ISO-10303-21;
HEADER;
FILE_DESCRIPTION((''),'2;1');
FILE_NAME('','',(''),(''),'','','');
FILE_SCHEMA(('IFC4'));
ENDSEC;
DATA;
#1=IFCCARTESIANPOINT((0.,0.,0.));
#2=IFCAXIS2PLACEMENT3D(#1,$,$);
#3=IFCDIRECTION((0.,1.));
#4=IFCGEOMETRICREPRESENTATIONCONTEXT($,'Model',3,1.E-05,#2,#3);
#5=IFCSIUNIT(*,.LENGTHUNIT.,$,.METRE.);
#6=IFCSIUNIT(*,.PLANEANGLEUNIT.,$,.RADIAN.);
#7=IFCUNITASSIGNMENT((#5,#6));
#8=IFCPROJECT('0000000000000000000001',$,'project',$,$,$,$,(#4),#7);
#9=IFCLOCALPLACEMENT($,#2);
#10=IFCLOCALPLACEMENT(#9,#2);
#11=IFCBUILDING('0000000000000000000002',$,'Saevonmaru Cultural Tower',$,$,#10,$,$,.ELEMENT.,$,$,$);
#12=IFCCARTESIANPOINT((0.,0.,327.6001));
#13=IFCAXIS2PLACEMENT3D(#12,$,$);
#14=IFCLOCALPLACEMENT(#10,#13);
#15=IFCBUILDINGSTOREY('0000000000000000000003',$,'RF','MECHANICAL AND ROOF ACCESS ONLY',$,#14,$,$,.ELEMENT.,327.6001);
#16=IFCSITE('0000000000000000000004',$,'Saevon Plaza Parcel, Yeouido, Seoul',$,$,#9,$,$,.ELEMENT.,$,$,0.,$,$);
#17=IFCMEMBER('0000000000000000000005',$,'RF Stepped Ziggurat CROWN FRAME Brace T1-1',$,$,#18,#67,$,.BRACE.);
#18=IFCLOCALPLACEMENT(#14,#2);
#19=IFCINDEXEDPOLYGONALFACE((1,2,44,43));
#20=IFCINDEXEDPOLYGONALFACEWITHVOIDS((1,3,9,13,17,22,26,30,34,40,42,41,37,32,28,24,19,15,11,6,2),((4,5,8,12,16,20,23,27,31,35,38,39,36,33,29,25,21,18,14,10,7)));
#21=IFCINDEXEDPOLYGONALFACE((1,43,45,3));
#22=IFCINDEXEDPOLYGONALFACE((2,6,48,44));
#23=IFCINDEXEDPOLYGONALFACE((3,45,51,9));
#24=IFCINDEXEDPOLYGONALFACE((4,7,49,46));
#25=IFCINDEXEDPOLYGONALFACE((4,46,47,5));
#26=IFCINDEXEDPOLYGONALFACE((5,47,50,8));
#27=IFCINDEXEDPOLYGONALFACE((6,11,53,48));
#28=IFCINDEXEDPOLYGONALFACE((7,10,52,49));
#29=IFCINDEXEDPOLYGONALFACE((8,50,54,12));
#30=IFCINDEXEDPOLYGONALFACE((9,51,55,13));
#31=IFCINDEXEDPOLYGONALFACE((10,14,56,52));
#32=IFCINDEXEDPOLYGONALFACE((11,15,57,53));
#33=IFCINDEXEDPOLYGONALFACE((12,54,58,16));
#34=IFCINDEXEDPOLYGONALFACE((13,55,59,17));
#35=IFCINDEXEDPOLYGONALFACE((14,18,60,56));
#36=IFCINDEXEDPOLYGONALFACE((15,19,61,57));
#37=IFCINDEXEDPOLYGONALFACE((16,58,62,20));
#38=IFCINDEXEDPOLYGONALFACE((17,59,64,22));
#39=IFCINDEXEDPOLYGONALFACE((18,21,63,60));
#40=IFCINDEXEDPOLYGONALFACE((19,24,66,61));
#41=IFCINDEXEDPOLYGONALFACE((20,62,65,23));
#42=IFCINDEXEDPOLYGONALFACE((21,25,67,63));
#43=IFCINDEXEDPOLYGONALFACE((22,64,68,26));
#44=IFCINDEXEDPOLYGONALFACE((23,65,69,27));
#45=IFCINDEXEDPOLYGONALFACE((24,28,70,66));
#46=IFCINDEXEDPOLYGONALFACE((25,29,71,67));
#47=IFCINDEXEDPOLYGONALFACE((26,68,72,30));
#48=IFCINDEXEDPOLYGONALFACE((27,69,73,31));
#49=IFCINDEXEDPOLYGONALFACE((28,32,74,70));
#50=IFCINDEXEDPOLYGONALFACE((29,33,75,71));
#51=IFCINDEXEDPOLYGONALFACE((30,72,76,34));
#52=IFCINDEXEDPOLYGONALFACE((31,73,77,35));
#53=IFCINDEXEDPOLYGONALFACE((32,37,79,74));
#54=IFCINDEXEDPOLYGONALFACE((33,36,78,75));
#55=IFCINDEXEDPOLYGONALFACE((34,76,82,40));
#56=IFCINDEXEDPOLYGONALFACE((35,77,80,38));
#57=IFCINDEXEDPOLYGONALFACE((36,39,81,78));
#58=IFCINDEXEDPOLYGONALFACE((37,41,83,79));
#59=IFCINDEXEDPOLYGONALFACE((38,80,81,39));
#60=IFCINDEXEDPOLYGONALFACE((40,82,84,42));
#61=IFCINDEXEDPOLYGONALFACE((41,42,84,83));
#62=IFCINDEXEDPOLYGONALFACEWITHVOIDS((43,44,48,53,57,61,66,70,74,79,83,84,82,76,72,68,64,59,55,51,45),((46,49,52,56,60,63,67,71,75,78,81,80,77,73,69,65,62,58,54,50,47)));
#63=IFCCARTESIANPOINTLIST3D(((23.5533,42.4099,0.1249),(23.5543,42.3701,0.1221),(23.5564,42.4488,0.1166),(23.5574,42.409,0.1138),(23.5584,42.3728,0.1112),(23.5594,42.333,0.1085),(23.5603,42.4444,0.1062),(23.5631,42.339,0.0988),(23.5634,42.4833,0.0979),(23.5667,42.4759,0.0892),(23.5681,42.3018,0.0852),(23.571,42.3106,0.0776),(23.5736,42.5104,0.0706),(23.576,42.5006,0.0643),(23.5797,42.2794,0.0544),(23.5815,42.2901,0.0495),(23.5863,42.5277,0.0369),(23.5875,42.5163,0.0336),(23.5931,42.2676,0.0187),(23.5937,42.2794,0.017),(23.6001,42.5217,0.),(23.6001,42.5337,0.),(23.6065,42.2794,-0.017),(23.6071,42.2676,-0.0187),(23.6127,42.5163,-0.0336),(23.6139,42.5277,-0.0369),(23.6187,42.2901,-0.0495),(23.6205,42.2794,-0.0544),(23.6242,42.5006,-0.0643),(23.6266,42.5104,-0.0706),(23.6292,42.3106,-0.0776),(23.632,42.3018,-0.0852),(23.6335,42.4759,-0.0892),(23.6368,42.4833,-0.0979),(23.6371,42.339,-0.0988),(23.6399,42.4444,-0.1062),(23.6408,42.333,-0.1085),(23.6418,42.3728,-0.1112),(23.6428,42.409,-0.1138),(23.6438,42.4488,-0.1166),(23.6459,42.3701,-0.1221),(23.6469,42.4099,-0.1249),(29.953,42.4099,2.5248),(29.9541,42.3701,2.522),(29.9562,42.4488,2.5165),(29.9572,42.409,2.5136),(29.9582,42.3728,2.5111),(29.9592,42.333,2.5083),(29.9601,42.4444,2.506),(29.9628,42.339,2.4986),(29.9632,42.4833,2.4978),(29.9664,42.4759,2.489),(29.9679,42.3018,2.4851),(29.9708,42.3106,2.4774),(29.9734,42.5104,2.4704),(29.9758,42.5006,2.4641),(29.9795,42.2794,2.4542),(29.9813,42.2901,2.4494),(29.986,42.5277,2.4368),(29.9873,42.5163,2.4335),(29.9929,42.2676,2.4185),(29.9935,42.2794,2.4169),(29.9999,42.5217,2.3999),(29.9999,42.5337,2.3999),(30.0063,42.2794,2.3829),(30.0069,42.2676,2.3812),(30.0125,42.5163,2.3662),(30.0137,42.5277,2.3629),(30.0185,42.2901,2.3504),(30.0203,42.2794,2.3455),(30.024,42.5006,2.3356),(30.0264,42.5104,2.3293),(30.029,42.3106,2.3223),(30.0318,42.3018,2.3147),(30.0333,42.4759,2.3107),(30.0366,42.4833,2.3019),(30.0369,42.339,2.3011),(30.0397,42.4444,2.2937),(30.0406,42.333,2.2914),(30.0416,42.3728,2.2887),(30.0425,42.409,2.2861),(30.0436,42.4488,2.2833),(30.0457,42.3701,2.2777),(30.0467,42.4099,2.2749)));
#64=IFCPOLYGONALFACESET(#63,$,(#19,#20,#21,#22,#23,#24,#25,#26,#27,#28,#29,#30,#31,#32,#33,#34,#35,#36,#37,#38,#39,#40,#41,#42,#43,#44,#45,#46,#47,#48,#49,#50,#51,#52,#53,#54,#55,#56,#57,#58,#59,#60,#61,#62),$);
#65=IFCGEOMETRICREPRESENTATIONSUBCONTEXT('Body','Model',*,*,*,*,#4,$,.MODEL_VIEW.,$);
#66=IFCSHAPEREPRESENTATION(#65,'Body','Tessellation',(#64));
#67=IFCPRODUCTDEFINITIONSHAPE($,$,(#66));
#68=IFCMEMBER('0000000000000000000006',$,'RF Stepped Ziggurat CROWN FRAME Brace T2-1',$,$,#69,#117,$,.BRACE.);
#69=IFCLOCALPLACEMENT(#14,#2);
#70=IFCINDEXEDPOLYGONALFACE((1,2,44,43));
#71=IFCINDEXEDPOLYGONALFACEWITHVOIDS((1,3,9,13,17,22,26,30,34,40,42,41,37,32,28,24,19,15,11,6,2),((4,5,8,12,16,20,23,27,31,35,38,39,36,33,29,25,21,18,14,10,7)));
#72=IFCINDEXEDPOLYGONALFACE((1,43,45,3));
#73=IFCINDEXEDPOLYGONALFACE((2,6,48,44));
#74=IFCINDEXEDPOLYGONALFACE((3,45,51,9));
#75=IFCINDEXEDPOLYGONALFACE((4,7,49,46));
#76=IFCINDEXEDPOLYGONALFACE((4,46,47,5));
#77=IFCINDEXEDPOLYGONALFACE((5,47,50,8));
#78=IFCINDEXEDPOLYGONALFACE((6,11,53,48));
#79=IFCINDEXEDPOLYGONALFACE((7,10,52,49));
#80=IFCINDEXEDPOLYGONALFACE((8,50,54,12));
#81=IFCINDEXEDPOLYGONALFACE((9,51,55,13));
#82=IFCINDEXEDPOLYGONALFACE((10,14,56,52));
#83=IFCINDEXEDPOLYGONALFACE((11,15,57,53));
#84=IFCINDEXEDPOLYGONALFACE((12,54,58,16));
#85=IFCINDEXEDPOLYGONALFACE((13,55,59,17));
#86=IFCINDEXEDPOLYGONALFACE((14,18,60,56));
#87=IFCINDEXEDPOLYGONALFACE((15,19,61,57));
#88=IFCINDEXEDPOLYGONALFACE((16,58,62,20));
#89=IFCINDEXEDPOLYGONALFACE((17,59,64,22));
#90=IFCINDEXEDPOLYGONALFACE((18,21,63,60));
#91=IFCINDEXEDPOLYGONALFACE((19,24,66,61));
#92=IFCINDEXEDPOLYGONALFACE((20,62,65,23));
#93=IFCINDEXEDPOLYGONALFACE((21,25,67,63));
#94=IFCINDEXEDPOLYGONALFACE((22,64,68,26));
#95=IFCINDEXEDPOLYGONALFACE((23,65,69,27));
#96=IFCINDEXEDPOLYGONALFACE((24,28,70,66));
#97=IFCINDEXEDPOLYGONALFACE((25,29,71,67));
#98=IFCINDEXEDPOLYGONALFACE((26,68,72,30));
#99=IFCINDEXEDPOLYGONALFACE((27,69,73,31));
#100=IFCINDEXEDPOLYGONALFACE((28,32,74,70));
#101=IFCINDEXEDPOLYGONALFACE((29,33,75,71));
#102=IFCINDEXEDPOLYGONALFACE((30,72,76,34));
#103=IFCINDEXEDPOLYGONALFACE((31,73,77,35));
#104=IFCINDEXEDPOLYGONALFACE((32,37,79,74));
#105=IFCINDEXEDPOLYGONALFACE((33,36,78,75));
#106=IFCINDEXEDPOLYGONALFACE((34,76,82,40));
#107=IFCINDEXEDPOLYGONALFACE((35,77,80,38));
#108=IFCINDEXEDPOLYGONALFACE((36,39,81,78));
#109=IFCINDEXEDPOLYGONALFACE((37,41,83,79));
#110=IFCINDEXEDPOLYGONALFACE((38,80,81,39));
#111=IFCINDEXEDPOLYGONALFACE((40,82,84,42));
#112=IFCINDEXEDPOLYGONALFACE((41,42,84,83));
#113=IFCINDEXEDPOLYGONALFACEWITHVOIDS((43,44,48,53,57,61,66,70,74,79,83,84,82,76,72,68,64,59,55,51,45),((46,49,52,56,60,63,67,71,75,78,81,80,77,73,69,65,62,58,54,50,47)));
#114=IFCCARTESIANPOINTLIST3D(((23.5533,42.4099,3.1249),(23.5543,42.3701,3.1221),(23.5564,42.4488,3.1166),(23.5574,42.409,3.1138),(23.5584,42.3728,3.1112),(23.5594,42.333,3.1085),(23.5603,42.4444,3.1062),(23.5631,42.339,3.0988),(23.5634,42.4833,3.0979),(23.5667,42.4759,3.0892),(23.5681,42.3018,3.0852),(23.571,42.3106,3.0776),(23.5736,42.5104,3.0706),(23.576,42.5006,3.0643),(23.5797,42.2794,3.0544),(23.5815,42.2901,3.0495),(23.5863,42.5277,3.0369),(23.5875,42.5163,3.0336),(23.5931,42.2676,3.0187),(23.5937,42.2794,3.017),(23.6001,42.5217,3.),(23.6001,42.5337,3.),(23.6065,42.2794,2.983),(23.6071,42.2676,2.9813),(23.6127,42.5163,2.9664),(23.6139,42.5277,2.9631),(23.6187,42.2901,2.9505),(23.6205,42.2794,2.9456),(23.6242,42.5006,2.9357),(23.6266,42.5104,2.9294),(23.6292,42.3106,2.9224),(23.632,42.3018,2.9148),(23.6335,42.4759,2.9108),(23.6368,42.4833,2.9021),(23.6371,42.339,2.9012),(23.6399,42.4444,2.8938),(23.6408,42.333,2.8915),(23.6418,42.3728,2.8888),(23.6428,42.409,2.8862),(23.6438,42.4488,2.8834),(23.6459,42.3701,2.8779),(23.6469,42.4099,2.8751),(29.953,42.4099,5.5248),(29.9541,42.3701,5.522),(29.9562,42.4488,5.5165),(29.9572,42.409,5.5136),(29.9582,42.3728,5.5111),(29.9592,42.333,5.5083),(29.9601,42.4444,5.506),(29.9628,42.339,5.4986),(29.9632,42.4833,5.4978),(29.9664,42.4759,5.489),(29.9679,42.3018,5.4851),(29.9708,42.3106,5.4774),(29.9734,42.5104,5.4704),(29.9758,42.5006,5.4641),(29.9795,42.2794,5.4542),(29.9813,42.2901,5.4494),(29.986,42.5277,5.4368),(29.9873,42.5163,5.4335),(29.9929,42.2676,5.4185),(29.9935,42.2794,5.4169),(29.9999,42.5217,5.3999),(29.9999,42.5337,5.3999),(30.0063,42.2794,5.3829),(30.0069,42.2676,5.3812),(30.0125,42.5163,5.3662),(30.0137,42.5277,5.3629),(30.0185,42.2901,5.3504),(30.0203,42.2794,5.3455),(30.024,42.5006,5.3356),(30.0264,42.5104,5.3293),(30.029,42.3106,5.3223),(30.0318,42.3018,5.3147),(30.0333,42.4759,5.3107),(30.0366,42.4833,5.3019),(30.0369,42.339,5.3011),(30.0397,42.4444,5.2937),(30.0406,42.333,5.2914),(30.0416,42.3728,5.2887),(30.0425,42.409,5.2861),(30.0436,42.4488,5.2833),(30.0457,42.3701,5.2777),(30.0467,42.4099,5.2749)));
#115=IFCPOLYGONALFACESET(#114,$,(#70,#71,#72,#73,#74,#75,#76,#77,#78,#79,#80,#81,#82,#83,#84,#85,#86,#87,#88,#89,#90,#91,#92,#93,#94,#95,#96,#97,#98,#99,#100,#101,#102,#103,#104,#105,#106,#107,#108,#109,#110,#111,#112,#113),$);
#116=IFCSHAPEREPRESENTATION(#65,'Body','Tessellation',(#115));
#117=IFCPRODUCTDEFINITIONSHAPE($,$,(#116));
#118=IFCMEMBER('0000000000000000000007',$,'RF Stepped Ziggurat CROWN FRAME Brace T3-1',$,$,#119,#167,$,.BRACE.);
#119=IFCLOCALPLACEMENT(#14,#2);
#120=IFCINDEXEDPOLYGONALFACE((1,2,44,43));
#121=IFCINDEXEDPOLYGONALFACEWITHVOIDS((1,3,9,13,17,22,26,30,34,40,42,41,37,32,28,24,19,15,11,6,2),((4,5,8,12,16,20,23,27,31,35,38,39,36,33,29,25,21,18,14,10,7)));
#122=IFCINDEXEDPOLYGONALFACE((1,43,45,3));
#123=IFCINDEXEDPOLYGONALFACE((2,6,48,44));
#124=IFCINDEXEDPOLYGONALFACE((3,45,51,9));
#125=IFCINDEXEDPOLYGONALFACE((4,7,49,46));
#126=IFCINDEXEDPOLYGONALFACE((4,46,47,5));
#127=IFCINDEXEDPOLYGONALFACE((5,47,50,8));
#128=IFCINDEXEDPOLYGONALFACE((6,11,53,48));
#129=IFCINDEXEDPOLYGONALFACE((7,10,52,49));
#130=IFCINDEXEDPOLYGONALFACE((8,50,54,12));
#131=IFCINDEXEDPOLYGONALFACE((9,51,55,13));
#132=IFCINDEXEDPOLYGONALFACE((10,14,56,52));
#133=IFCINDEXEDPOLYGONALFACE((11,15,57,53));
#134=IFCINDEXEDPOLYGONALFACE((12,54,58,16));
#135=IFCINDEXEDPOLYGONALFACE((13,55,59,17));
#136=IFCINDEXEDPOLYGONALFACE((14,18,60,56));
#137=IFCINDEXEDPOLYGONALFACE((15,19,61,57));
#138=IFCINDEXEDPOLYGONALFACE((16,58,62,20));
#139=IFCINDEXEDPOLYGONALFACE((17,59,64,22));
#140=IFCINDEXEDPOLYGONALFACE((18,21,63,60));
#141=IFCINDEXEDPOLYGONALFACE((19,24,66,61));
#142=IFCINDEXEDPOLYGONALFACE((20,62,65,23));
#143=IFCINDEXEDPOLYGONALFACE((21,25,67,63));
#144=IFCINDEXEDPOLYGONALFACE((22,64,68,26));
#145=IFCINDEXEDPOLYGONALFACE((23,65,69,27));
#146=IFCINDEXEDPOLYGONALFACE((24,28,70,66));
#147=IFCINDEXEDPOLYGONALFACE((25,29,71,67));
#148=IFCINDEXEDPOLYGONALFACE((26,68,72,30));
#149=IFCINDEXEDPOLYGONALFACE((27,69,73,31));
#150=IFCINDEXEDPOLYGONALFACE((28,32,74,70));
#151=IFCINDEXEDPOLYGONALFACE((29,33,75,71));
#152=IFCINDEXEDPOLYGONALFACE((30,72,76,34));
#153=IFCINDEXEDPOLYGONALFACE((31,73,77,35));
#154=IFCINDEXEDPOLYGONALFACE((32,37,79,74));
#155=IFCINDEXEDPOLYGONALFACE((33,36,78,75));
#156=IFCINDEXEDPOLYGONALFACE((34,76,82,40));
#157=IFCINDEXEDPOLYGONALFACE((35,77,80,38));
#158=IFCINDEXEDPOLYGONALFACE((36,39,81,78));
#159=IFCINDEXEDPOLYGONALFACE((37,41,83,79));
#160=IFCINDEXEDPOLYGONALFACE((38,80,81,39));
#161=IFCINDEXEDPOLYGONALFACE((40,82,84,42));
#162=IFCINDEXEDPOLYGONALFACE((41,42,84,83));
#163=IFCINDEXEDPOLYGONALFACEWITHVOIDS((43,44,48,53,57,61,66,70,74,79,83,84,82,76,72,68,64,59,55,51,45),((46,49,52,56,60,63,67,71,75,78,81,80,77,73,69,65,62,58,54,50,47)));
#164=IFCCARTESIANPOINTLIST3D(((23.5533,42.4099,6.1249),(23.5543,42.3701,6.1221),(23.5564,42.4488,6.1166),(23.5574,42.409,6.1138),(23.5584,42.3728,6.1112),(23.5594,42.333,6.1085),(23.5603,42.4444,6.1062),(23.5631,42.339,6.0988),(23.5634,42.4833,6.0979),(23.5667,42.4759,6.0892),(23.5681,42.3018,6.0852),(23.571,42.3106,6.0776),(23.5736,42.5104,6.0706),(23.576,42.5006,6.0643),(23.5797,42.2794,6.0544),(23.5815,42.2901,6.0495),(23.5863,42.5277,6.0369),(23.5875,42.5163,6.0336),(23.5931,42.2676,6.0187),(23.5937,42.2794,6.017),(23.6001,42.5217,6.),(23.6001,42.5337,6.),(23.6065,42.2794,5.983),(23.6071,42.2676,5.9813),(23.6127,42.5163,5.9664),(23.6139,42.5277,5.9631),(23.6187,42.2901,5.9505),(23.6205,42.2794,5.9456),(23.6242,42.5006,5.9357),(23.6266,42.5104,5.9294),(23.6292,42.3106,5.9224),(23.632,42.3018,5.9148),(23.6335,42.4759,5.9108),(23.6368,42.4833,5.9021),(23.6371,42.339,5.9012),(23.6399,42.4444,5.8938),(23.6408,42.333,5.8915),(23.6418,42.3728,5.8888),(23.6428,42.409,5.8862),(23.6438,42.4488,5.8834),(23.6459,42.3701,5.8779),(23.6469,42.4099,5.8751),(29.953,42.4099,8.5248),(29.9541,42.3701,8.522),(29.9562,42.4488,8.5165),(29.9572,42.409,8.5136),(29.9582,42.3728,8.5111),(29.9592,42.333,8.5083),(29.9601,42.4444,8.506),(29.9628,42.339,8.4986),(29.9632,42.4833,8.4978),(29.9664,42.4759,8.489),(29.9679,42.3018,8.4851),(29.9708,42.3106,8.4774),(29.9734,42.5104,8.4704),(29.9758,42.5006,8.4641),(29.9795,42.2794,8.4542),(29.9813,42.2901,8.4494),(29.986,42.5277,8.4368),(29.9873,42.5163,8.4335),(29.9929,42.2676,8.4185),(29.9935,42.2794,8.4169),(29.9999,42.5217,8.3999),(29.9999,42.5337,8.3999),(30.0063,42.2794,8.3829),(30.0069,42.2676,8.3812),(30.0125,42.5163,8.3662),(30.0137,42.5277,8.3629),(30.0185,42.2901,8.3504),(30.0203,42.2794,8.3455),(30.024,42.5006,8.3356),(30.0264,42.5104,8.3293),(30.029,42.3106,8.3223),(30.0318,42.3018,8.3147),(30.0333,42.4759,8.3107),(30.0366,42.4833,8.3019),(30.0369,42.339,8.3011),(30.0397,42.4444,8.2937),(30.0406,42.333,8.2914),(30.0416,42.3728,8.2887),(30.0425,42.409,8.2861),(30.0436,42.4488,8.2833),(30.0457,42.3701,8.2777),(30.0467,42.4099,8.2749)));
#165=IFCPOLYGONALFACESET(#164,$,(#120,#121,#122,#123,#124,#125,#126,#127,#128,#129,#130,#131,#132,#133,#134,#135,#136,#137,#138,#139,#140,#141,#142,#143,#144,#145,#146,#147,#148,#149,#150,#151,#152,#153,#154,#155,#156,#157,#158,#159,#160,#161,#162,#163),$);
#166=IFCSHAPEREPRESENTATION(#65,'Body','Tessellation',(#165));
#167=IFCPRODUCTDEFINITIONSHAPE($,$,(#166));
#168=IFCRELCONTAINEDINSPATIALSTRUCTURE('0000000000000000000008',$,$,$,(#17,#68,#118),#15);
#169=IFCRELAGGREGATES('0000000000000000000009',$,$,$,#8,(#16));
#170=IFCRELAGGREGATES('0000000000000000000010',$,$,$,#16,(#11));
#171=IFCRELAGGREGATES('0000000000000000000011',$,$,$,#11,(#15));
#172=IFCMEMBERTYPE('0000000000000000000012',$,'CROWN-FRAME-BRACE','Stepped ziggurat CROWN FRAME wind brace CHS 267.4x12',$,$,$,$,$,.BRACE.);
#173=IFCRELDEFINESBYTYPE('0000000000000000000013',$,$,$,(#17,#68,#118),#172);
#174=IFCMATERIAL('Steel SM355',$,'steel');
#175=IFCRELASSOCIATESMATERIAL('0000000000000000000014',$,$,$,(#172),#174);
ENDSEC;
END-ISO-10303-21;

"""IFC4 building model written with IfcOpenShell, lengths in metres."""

from ifc_helpers import new_model, si_unit, direction, frame, origin, origin_2d, place, context, subcontext, project, spatial, hollow_circle, extrude, material, material_profile, profile_set, type_object, element, save


model = new_model("IFC4")

# Units and contexts
model_context = context("Model", 3, precision=1e-05, world=origin(), true_north=direction((0.0, 1.0)))
body_context = subcontext(model_context, "Body", "Model", "MODEL_VIEW")
ifc_project = project(units=[si_unit("LENGTHUNIT", "METRE"), si_unit("PLANEANGLEUNIT", "RADIAN")], contexts=[model_context])

# Site, building, storey
site_placement = place(None, origin())
site = spatial("IfcSite", under=ifc_project, at=site_placement, Name="Saevon Plaza Parcel, Yeouido, Seoul", CompositionType="ELEMENT", RefElevation=0.0)
building_placement = place(site_placement, origin())
building = spatial("IfcBuilding", under=site, at=building_placement, Name="Saevonmaru Cultural Tower", CompositionType="ELEMENT")
storey_placement = place(building_placement, frame((0.0, 0.0, 327.6001)))
storey = spatial("IfcBuildingStorey", under=building, at=storey_placement, Name="RF", Description="MECHANICAL AND ROOF ACCESS ONLY", CompositionType="ELEMENT", Elevation=327.6001)

# Members
ifc_material_1 = material(Name="Steel SM355", Category="steel")
ifc_material_profile_1 = material_profile(ifc_material_1, hollow_circle(Radius=0.1338, WallThickness=0.012, at=origin_2d()), Name="CHS-267.4x12")
ifc_profile_set_1 = profile_set([ifc_material_profile_1], Name="Steel SM355")
member_type_1 = type_object("IfcMemberType", Name="CROWN-FRAME-BRACE", Description="Stepped ziggurat CROWN FRAME wind brace CHS 267.4x12", PredefinedType="BRACE", material=ifc_profile_set_1)
for number, where, z_axis, x_axis, name in (
    (1, (23.6001, 42.3999, 0.0), (0.936332, 0.0, 0.351116), (0.0, 1.0, 0.0), "RF Stepped Ziggurat CROWN FRAME Brace T1-1"),
    (2, (23.6001, 42.3999, 3.0), (0.936332, 0.0, 0.351116), (0.0, 1.0, 0.0), "RF Stepped Ziggurat CROWN FRAME Brace T2-1"),
    (3, (23.6001, 42.3999, 6.0), (0.936332, 0.0, 0.351116), (0.0, 1.0, 0.0), "RF Stepped Ziggurat CROWN FRAME Brace T3-1"),
):
    element("IfcMember", number, at=place(storey_placement, frame(where, z_axis=z_axis, x_axis=x_axis)), inside=storey, type_object=member_type_1, Name=name, PredefinedType="BRACE", context=body_context, shape_type="SweptSolid", body=[
        extrude(hollow_circle(Radius=0.1338, WallThickness=0.012, at=origin_2d()), origin(), (0.0, 0.0, 1.0), 6.835),
    ])

save(model, "model.ifc")
